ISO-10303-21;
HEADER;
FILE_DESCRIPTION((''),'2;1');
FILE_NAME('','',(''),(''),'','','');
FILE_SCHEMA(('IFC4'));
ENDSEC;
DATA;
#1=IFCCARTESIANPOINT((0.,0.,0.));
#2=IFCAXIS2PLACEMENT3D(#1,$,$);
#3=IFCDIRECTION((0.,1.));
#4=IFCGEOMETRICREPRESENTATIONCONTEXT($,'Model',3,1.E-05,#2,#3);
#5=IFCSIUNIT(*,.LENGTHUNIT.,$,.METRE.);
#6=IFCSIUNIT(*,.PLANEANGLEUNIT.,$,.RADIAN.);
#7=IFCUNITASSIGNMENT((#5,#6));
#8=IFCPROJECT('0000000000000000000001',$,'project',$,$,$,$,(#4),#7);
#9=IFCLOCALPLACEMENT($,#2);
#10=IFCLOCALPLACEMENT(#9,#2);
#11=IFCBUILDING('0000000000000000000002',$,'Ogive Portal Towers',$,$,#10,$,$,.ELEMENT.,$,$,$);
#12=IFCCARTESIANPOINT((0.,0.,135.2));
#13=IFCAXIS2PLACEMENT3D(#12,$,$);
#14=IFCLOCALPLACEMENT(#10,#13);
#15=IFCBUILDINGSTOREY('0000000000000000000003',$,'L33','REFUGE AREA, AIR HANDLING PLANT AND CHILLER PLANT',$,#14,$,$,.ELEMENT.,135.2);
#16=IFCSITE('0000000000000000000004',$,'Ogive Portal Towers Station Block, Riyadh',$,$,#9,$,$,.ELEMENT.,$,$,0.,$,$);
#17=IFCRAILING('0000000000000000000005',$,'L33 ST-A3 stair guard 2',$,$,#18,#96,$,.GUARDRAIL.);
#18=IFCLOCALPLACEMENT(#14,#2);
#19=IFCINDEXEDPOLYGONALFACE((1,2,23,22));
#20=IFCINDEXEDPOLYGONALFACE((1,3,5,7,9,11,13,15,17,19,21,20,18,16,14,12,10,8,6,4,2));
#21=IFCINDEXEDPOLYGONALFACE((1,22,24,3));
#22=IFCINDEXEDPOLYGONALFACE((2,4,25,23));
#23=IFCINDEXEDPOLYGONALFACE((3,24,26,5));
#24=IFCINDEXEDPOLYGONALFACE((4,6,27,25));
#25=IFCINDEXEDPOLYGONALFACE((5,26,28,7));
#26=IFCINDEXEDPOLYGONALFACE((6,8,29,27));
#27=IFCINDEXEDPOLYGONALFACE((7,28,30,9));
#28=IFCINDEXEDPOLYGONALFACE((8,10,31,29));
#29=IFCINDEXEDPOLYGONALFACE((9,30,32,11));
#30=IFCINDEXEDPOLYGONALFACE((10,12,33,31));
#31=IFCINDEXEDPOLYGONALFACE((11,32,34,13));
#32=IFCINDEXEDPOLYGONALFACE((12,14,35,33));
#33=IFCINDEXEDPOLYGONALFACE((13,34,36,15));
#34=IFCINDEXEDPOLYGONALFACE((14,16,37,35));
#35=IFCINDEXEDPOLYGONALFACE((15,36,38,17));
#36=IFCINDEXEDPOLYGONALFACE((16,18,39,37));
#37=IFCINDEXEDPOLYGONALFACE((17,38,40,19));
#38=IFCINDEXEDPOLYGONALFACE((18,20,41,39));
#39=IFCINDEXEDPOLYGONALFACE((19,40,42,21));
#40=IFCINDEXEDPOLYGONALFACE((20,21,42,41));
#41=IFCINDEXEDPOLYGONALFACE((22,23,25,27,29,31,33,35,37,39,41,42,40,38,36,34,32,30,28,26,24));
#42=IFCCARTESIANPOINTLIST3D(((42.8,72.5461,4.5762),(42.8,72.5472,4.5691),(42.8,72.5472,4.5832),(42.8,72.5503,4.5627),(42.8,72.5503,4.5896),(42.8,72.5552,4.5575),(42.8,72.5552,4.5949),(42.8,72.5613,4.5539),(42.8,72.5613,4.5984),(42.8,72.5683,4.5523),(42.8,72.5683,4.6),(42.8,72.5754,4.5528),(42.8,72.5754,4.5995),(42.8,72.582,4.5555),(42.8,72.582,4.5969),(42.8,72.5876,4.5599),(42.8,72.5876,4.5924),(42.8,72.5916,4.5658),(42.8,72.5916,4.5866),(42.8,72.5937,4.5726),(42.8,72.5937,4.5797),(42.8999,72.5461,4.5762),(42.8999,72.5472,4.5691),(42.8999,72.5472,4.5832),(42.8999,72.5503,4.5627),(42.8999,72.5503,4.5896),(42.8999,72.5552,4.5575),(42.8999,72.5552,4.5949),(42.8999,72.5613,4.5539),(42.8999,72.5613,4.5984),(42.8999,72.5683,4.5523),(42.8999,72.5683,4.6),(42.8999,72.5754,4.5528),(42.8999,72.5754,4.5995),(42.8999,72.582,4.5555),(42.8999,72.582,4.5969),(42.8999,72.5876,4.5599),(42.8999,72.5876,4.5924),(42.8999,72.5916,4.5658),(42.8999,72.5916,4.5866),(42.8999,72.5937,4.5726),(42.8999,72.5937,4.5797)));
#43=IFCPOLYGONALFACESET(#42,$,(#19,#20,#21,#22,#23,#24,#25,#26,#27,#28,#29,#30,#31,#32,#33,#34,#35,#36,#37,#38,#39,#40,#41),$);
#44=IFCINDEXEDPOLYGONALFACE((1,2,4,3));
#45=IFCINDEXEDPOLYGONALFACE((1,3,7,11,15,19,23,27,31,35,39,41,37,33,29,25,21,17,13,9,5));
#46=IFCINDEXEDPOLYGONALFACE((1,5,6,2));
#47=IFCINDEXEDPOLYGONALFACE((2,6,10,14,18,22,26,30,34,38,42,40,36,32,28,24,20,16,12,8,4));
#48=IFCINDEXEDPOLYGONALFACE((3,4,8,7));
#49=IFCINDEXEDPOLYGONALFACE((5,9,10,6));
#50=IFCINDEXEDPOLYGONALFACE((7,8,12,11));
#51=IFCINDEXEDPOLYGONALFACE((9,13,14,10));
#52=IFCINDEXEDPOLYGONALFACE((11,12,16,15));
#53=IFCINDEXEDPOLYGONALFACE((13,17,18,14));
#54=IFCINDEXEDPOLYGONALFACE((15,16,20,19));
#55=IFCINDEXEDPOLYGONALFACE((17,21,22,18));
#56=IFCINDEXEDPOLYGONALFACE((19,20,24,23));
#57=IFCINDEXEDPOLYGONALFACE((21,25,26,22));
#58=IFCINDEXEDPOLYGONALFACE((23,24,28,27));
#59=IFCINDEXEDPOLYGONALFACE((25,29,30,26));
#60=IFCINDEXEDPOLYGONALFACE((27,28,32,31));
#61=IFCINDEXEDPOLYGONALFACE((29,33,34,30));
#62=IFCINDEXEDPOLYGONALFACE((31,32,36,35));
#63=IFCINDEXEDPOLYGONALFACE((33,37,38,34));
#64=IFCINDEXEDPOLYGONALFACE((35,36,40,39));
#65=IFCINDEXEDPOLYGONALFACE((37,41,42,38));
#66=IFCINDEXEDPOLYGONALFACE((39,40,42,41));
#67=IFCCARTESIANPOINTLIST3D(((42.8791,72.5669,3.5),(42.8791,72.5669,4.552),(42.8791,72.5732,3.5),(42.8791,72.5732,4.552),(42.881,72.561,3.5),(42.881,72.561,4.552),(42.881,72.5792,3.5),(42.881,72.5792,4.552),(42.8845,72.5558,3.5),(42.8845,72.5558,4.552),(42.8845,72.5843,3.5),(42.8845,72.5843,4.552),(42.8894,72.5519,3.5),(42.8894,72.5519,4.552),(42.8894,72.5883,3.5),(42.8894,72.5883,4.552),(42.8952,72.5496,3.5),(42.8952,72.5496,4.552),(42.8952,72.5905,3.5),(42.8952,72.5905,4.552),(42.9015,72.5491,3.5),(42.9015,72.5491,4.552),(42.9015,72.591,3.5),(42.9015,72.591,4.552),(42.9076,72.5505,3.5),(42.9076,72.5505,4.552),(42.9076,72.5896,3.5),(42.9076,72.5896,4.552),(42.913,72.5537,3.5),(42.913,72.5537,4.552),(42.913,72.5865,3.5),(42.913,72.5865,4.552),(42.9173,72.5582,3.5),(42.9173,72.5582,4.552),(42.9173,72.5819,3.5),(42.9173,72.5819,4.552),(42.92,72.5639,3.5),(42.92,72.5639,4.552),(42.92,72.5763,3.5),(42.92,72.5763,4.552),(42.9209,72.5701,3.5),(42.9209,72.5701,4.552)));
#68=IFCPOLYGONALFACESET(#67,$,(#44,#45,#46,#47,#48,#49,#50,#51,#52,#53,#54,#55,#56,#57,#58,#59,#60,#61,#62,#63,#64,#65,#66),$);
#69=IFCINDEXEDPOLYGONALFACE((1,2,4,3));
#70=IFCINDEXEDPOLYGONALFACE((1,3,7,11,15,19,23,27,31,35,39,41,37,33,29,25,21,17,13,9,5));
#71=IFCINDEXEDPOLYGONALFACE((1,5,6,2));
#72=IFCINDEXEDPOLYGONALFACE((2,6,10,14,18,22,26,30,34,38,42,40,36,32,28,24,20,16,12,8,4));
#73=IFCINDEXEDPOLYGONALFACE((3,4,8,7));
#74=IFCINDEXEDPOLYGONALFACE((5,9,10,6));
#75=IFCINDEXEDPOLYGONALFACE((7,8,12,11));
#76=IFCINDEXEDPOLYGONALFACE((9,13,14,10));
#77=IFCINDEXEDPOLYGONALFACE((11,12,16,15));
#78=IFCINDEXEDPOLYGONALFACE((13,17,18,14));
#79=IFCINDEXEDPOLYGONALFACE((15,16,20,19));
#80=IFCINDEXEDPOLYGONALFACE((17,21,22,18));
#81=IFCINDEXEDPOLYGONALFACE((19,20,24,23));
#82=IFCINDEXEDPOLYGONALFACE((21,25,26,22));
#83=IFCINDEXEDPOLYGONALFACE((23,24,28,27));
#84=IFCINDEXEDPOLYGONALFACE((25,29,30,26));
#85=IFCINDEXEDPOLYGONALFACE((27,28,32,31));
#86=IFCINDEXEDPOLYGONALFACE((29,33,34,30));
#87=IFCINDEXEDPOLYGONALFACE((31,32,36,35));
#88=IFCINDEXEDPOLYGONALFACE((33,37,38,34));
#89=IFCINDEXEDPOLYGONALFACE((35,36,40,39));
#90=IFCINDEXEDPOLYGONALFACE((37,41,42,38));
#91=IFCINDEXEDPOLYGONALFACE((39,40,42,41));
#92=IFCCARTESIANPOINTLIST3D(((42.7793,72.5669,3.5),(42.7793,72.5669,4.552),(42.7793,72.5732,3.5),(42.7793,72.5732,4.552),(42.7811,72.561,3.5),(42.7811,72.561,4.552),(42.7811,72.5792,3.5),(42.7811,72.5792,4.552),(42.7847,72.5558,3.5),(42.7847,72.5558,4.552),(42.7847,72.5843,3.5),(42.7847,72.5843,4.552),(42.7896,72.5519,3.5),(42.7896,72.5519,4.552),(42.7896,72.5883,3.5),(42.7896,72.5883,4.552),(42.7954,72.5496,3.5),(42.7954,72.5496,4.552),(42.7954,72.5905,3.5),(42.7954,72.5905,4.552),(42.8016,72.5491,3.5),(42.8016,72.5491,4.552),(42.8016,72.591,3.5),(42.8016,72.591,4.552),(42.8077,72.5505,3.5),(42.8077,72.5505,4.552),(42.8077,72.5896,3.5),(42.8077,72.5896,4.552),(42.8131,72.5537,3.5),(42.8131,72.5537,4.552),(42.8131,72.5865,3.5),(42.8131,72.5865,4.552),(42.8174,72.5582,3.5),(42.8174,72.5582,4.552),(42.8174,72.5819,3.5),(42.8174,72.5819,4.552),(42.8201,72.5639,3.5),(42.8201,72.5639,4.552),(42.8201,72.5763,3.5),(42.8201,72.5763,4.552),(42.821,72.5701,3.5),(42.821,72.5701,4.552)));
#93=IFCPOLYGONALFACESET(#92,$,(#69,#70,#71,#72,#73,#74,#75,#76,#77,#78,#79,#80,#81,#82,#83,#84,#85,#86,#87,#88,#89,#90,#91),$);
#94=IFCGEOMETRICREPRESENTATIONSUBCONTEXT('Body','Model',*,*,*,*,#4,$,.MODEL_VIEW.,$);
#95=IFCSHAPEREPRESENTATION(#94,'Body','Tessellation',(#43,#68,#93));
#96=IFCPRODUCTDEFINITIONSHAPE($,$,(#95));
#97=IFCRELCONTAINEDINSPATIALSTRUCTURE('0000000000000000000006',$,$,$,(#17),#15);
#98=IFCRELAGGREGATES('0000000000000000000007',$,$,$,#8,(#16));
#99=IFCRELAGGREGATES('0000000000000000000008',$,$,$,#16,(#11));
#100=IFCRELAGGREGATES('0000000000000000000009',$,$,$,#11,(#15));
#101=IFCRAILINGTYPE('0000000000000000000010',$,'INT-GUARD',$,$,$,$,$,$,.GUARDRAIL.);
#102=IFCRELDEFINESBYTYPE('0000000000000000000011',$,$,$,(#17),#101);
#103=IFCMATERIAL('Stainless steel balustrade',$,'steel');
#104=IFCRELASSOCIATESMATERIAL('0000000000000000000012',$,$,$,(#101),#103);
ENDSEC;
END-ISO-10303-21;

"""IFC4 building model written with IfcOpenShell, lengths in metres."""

from ifc_helpers import new_model, si_unit, direction, frame, origin, origin_2d, place, context, subcontext, project, spatial, circle, extrude, material, type_object, element, save


model = new_model("IFC4")

# Units and contexts
model_context = context("Model", 3, precision=1e-05, world=origin(), true_north=direction((0.0, 1.0)))
body_context = subcontext(model_context, "Body", "Model", "MODEL_VIEW")
ifc_project = project(units=[si_unit("LENGTHUNIT", "METRE"), si_unit("PLANEANGLEUNIT", "RADIAN")], contexts=[model_context])

# Site, building, storey
site_placement = place(None, origin())
site = spatial("IfcSite", under=ifc_project, at=site_placement, Name="Ogive Portal Towers Station Block, Riyadh", CompositionType="ELEMENT", RefElevation=0.0)
building_placement = place(site_placement, origin())
building = spatial("IfcBuilding", under=site, at=building_placement, Name="Ogive Portal Towers", CompositionType="ELEMENT")
storey_placement = place(building_placement, frame((0.0, 0.0, 135.2)))
storey = spatial("IfcBuildingStorey", under=building, at=storey_placement, Name="L33", Description="REFUGE AREA, AIR HANDLING PLANT AND CHILLER PLANT", CompositionType="ELEMENT", Elevation=135.2)

# Railing
ifc_material_1 = material(Name="Stainless steel balustrade", Category="steel")
railing_type_1 = type_object("IfcRailingType", Name="INT-GUARD", PredefinedType="GUARDRAIL", material=ifc_material_1)
railing_1_placement = place(storey_placement, frame((42.8999, 72.5701, 3.5)))
element("IfcRailing", 1, at=railing_1_placement, inside=storey, type_object=railing_type_1, Name="L33 ST-A3 stair guard 2", PredefinedType="GUARDRAIL", context=body_context, shape_type="SweptSolid", body=[
    extrude(circle(Radius=0.0239, at=origin_2d()), frame((0.0, 0.0, 1.0762), z_axis=(-1.0, 0.0, 0.0), x_axis=(0.0, -1.0, 0.0)), (0.0, 0.0, 1.0), 0.0999),
    extrude(circle(Radius=0.021, at=origin_2d()), origin(), (0.0, 0.0, 1.0), 1.052),
    extrude(circle(Radius=0.021, at=origin_2d()), frame((-0.0999, 0.0, 0.0)), (0.0, 0.0, 1.0), 1.052),
])

save(model, "model.ifc")
